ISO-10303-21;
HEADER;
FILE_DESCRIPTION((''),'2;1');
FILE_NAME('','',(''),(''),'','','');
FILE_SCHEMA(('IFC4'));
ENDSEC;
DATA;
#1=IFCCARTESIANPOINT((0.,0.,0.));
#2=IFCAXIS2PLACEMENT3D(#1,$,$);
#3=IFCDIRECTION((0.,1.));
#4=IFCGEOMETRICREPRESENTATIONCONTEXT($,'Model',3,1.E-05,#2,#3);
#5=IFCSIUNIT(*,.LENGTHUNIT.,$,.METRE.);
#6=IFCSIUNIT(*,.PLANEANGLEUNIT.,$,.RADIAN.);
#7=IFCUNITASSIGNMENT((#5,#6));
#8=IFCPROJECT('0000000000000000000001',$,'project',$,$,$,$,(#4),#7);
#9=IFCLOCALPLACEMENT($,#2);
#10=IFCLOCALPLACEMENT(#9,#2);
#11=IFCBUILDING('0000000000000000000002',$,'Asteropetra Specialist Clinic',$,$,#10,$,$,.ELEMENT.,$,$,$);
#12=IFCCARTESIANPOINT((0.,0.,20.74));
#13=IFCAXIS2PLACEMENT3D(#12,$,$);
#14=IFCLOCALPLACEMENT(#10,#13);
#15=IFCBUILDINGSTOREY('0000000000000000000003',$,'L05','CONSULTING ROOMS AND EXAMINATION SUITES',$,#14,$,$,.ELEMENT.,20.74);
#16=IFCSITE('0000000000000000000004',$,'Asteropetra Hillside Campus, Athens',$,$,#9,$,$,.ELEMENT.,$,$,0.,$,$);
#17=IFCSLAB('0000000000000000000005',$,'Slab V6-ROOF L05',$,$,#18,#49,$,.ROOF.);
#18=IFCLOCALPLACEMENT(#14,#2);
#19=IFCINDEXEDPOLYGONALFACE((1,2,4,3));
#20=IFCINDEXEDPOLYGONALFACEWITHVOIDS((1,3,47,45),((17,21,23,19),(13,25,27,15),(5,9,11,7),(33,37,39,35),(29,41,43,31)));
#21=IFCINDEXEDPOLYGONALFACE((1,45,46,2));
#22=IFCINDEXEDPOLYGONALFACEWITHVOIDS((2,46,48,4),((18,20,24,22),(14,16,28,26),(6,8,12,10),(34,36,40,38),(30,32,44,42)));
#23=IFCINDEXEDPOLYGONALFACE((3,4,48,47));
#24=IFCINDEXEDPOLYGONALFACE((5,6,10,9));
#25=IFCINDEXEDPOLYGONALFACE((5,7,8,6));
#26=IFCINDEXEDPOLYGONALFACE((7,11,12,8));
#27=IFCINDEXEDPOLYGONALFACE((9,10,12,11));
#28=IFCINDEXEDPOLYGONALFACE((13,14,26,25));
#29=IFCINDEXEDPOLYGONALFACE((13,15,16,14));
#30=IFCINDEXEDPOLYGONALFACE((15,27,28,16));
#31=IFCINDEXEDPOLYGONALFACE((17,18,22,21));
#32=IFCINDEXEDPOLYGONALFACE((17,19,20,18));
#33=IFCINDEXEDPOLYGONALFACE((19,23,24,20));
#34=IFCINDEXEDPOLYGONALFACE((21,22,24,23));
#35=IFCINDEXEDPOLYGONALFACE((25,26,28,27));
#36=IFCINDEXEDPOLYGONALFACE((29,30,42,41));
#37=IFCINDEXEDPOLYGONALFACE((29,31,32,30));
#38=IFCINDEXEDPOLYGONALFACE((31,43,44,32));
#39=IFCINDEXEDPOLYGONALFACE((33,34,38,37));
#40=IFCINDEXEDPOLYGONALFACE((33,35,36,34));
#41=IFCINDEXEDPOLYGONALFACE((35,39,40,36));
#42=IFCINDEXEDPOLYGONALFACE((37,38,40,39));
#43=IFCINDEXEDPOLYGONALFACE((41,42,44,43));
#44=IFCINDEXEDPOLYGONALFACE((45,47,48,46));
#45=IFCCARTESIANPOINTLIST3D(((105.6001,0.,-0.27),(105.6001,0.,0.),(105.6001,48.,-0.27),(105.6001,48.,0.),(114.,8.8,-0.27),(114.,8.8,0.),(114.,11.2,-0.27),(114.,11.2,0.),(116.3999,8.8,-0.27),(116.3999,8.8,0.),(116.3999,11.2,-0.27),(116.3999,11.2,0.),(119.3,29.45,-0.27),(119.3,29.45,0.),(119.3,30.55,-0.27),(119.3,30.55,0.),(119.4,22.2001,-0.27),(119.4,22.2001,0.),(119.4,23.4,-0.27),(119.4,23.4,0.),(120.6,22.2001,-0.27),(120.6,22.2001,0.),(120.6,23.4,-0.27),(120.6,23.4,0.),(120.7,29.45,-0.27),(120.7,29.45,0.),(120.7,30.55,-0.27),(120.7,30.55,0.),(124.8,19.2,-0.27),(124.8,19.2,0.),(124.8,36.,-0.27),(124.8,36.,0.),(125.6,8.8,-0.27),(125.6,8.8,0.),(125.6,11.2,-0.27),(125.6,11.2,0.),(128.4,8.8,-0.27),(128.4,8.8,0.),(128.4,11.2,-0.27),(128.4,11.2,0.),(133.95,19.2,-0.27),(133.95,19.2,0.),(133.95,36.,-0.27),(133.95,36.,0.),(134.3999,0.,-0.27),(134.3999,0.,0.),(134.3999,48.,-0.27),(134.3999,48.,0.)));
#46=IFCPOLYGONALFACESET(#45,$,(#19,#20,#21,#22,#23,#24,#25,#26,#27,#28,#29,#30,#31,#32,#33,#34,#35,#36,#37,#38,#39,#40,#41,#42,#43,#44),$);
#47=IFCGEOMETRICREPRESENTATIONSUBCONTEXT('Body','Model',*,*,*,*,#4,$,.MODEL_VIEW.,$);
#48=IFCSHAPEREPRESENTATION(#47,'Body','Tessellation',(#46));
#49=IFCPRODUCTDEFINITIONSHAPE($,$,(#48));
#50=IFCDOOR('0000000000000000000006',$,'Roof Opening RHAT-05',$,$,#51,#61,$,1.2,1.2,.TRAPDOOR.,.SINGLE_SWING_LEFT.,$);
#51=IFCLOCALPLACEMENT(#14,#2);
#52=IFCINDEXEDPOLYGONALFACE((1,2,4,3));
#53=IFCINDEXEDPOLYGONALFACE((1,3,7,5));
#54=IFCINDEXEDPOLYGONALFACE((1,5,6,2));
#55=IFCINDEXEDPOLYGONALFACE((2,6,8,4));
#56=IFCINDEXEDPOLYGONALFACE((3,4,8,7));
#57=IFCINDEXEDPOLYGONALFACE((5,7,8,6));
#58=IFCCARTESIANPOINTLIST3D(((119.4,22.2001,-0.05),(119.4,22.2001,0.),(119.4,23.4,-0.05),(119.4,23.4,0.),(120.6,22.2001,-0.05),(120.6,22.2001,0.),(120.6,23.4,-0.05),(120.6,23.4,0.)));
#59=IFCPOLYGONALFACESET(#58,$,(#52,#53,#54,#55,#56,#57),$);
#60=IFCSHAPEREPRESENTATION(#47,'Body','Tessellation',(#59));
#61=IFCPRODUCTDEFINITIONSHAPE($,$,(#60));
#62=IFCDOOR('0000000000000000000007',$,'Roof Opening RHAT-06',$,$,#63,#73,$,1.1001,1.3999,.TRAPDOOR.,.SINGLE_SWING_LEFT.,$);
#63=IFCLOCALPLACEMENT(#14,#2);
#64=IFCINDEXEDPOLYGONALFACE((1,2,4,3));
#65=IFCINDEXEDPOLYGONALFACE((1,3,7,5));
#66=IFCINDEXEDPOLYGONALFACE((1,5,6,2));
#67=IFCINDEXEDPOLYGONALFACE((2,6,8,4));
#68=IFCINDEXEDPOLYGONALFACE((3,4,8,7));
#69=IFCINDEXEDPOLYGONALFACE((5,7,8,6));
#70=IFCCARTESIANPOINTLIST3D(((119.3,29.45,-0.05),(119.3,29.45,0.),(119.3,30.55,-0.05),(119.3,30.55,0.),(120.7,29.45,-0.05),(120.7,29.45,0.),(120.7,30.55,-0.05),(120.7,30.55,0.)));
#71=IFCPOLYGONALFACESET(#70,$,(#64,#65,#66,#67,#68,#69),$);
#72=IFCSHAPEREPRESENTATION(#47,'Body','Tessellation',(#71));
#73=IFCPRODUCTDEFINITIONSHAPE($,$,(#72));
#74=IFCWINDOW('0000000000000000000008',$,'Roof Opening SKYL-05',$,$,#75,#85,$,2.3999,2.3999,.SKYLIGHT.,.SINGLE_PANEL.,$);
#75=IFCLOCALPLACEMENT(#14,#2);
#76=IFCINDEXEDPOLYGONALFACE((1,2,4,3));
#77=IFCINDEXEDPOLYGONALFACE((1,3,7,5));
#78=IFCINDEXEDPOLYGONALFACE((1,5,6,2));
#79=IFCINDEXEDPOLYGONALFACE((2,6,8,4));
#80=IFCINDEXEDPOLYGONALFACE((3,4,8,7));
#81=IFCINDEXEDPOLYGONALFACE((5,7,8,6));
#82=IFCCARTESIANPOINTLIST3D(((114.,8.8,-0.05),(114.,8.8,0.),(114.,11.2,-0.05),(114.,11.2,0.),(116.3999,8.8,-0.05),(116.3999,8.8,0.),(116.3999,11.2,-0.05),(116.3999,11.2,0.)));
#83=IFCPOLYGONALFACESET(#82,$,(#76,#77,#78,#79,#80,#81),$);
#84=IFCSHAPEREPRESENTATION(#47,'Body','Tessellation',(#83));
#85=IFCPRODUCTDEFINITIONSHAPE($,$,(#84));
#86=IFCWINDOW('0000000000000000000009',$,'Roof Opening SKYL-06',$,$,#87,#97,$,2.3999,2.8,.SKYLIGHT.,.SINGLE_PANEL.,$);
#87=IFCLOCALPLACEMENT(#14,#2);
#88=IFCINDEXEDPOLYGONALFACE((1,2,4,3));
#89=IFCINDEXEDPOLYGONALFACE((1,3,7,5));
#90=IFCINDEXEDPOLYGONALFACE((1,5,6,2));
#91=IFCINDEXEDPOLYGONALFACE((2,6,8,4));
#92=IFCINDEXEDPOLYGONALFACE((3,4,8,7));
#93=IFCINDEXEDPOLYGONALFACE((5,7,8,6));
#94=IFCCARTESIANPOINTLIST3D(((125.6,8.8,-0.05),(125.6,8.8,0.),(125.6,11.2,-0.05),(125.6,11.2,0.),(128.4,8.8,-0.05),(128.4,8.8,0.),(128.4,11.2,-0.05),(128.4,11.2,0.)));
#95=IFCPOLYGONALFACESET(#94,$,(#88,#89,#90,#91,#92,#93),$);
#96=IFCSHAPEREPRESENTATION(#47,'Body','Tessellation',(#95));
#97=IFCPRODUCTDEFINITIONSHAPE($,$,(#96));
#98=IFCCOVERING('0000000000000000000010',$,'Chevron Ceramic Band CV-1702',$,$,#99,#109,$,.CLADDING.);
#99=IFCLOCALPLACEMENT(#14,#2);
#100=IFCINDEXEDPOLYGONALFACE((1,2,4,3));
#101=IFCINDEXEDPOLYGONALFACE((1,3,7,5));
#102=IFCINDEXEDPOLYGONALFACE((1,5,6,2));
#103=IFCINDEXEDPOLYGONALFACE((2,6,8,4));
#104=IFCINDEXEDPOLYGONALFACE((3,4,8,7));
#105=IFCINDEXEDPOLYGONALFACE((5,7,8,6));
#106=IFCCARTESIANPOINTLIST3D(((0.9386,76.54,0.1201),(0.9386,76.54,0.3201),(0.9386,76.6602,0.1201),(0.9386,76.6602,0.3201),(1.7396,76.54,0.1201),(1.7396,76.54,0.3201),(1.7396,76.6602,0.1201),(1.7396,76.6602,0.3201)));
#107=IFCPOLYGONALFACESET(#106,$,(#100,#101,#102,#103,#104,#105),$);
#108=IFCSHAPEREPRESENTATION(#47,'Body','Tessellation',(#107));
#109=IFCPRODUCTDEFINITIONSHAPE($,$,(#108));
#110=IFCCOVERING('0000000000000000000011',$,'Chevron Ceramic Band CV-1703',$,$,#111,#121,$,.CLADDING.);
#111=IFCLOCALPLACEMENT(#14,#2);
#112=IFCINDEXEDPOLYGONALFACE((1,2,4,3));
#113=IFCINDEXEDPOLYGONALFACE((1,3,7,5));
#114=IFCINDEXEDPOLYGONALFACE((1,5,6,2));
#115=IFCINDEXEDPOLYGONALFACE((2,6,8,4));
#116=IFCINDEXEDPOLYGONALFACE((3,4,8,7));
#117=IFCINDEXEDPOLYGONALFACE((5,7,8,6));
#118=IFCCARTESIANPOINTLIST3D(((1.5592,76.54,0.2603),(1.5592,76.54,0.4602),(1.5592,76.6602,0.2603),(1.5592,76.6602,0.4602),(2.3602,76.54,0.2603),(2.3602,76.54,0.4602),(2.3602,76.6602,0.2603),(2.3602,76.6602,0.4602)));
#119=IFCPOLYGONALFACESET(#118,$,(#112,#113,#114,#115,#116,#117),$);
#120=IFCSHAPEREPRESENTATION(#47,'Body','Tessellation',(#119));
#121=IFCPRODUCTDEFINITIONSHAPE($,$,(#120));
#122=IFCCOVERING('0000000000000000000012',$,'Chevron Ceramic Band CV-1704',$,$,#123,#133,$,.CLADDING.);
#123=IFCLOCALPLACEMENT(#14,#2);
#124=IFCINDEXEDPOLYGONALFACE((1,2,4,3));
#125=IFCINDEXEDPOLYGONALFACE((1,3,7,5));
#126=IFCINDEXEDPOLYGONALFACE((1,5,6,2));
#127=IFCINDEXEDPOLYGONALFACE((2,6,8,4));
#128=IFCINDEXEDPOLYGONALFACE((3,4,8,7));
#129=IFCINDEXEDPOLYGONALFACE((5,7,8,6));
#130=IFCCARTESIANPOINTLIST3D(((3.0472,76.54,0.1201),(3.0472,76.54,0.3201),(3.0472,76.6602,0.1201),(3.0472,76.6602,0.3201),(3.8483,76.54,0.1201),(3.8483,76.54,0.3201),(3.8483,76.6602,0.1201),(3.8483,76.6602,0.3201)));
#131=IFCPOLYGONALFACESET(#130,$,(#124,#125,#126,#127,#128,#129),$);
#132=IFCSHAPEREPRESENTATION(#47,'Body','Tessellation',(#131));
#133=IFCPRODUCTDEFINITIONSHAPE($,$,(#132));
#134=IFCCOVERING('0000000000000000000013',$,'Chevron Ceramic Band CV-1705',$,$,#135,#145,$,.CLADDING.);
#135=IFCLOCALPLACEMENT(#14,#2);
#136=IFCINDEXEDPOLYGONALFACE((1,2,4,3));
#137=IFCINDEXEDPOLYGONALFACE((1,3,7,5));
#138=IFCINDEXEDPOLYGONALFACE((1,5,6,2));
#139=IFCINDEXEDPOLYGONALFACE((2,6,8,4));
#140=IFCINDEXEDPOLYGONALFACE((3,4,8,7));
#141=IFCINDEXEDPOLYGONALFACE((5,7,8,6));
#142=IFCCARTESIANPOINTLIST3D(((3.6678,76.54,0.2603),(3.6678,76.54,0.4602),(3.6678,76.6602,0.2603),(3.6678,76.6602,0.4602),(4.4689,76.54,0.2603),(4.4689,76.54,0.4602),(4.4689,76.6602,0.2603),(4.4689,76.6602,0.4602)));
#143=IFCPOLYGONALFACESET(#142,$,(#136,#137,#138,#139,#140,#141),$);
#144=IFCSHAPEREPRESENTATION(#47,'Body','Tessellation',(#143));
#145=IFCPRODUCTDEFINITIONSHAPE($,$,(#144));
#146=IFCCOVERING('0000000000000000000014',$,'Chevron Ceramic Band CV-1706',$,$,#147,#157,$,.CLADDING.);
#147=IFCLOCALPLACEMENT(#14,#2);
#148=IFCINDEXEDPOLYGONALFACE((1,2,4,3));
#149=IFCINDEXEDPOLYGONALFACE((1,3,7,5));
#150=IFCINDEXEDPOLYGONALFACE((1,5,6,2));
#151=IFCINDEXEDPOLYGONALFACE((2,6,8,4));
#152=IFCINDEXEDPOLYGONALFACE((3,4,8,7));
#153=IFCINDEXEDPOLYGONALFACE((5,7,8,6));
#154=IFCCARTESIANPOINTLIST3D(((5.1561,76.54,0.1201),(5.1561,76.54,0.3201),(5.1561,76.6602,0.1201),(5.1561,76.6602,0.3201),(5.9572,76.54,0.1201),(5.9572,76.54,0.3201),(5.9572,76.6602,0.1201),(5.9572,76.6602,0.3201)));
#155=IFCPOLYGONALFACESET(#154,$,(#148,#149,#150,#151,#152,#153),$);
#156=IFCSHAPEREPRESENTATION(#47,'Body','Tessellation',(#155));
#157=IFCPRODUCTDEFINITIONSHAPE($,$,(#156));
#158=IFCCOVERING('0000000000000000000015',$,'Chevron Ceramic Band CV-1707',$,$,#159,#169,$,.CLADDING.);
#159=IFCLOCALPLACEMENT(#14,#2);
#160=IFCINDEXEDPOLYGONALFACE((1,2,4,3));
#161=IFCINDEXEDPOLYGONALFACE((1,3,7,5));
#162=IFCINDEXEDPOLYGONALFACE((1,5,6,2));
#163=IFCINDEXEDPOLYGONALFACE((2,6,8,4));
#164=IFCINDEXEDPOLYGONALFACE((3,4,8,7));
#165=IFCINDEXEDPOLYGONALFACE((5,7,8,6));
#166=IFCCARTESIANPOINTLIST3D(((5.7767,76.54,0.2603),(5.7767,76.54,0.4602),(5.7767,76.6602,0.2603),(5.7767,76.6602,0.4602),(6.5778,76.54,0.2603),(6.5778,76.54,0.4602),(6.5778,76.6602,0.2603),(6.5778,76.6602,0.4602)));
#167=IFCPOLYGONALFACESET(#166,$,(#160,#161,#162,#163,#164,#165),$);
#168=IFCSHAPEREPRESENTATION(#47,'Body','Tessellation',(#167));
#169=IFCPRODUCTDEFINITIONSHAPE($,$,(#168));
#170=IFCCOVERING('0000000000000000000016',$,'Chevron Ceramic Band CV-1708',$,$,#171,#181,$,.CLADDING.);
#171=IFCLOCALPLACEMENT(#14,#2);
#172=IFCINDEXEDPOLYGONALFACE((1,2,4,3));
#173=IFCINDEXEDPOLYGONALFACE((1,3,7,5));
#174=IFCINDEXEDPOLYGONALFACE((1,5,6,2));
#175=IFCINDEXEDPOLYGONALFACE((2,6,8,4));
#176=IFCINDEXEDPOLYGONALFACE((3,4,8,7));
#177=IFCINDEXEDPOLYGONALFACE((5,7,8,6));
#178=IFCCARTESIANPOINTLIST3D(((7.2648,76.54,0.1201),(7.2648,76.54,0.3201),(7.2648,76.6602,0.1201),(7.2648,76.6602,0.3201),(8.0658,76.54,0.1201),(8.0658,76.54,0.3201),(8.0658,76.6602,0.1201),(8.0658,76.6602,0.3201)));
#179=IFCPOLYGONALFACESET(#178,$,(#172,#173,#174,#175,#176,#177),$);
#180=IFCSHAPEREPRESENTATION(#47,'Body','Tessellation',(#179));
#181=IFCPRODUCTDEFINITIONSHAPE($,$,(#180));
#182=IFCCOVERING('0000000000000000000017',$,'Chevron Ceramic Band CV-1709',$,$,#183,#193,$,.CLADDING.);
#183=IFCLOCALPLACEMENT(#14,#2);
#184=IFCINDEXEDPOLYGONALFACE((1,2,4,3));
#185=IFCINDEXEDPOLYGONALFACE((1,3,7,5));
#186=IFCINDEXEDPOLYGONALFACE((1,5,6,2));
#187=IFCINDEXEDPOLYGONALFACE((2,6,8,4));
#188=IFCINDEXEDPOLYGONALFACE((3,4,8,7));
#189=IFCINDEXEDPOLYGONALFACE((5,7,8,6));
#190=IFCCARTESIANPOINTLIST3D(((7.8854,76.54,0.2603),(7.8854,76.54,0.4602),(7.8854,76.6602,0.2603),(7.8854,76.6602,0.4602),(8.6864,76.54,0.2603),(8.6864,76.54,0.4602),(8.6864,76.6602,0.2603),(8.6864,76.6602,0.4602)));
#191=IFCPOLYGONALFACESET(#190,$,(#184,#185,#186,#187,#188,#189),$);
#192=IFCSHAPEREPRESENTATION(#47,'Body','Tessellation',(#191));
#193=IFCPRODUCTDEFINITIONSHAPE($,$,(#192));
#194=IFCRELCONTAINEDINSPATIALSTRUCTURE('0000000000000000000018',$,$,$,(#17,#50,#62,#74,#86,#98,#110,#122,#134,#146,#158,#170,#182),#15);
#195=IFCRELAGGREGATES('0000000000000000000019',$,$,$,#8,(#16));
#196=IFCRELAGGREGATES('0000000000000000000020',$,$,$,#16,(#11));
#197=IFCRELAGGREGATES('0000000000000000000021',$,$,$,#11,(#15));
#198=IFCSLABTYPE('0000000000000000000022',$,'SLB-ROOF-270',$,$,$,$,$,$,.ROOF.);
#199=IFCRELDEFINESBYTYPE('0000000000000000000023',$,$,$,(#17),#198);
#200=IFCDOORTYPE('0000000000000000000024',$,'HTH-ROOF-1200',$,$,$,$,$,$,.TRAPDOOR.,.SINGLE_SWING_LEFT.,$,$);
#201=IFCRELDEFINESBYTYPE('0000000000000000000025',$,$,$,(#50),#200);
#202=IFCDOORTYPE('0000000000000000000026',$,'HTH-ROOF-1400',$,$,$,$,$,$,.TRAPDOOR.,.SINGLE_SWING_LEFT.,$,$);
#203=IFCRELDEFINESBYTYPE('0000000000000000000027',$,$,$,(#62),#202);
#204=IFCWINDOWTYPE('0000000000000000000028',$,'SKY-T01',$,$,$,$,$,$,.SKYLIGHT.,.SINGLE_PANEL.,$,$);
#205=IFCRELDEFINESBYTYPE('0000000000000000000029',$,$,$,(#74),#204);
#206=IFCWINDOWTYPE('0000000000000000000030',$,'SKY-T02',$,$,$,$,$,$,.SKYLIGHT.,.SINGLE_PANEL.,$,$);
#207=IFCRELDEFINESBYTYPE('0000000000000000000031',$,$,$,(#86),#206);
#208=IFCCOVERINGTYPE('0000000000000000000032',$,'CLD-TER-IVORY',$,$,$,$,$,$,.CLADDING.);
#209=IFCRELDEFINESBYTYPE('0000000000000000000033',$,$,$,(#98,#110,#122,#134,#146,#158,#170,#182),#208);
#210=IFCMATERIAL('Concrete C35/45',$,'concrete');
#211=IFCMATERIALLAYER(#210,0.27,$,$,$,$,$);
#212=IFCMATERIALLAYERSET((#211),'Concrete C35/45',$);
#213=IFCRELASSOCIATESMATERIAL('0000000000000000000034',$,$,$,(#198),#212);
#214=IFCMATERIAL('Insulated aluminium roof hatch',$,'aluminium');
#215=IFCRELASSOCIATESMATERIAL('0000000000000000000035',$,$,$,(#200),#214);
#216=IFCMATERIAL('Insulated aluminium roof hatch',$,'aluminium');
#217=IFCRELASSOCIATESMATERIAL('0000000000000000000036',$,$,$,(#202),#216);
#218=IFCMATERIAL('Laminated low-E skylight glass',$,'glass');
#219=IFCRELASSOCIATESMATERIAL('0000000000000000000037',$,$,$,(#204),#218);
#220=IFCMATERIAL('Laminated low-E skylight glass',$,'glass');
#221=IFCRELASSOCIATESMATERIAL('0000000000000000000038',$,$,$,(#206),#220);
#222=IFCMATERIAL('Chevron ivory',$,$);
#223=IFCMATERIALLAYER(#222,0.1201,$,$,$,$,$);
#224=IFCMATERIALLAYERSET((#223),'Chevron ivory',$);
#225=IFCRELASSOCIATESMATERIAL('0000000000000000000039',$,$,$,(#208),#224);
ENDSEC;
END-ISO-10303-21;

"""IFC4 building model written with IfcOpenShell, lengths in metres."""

from ifc_helpers import new_model, si_unit, direction, frame, origin, origin_2d, place, context, subcontext, project, spatial, polyline, rectangle, outline, extrude, material, layer, layer_set, type_object, element, fill, save


model = new_model("IFC4")

# Units and contexts
model_context = context("Model", 3, precision=1e-05, world=origin(), true_north=direction((0.0, 1.0)))
body_context = subcontext(model_context, "Body", "Model", "MODEL_VIEW")
ifc_project = project(units=[si_unit("LENGTHUNIT", "METRE"), si_unit("PLANEANGLEUNIT", "RADIAN")], contexts=[model_context])

# Site, building, storey
site_placement = place(None, origin())
site = spatial("IfcSite", under=ifc_project, at=site_placement, Name="Asteropetra Hillside Campus, Athens", CompositionType="ELEMENT", RefElevation=0.0)
building_placement = place(site_placement, origin())
building = spatial("IfcBuilding", under=site, at=building_placement, Name="Asteropetra Specialist Clinic", CompositionType="ELEMENT")
storey_placement = place(building_placement, frame((0.0, 0.0, 20.74)))
storey = spatial("IfcBuildingStorey", under=building, at=storey_placement, Name="L05", Description="CONSULTING ROOMS AND EXAMINATION SUITES", CompositionType="ELEMENT", Elevation=20.74)

# Slab, openings, doors, windows
ifc_material_1 = material(Name="Concrete C35/45", Category="concrete")
ifc_layer_1 = layer(ifc_material_1, 0.27)
ifc_layer_set_1 = layer_set([ifc_layer_1], Name="Concrete C35/45")
slab_type_1 = type_object("IfcSlabType", Name="SLB-ROOF-270", PredefinedType="ROOF", material=ifc_layer_set_1)
slab_1_placement = place(storey_placement, frame((0.0, 0.0, -0.27)))
slab_1 = element("IfcSlab", 1, at=slab_1_placement, inside=storey, type_object=slab_type_1, Name="Slab V6-ROOF L05", PredefinedType="ROOF", context=body_context, shape_type="SweptSolid", body=[
    extrude(outline(polyline([(105.6001, 0.0), (134.3999, 0.0), (134.3999, 48.0), (105.6001, 48.0), (105.6001, 0.0)]), holes=[polyline([(124.8, 19.2), (133.95, 19.2), (133.95, 36.0), (124.8, 36.0), (124.8, 19.2)])]), origin(), (0.0, 0.0, 1.0), 0.27),
])
opening_1_placement = place(slab_1_placement, frame((115.2, 10.0, 0.0)))
opening_1 = element("IfcOpeningElement", 2, at=opening_1_placement, cuts=slab_1, PredefinedType="OPENING", context=body_context, shape_type="SweptSolid", body=[
    extrude(rectangle(XDim=2.3999, YDim=2.3999, at=origin_2d()), origin(), (0.0, 0.0, 1.0), 0.27),
])
opening_2_placement = place(slab_1_placement, frame((127.0, 10.0, 0.0)))
opening_2 = element("IfcOpeningElement", 3, at=opening_2_placement, cuts=slab_1, PredefinedType="OPENING", context=body_context, shape_type="SweptSolid", body=[
    extrude(rectangle(XDim=2.8, YDim=2.3999, at=origin_2d()), origin(), (0.0, 0.0, 1.0), 0.27),
])
opening_3_placement = place(slab_1_placement, frame((120.0, 22.8, 0.0)))
opening_3 = element("IfcOpeningElement", 4, at=opening_3_placement, cuts=slab_1, PredefinedType="OPENING", context=body_context, shape_type="SweptSolid", body=[
    extrude(rectangle(XDim=1.2, YDim=1.2, at=origin_2d()), origin(), (0.0, 0.0, 1.0), 0.27),
])
opening_4_placement = place(slab_1_placement, frame((120.0, 30.0, 0.0)))
opening_4 = element("IfcOpeningElement", 5, at=opening_4_placement, cuts=slab_1, PredefinedType="OPENING", context=body_context, shape_type="SweptSolid", body=[
    extrude(rectangle(XDim=1.3999, YDim=1.1001, at=origin_2d()), origin(), (0.0, 0.0, 1.0), 0.27),
])
ifc_material_2 = material(Name="Insulated aluminium roof hatch", Category="aluminium")
door_type_1 = type_object("IfcDoorType", Name="HTH-ROOF-1200", OperationType="SINGLE_SWING_LEFT", PredefinedType="TRAPDOOR", material=ifc_material_2)
door_1_placement = place(opening_3_placement, frame((0.0, 0.0, 0.22)))
door_1 = element("IfcDoor", 6, at=door_1_placement, inside=storey, type_object=door_type_1, Name="Roof Opening RHAT-05", OperationType="SINGLE_SWING_LEFT", OverallHeight=1.2, OverallWidth=1.2, PredefinedType="TRAPDOOR", context=body_context, shape_type="SweptSolid", body=[
    extrude(rectangle(XDim=1.2, YDim=1.2, at=origin_2d()), origin(), (0.0, 0.0, 1.0), 0.05),
])
fill(opening_3, door_1)
ifc_material_3 = material(Name="Insulated aluminium roof hatch", Category="aluminium")
door_type_2 = type_object("IfcDoorType", Name="HTH-ROOF-1400", OperationType="SINGLE_SWING_LEFT", PredefinedType="TRAPDOOR", material=ifc_material_3)
door_2_placement = place(opening_4_placement, frame((0.0, 0.0, 0.22)))
door_2 = element("IfcDoor", 7, at=door_2_placement, inside=storey, type_object=door_type_2, Name="Roof Opening RHAT-06", OperationType="SINGLE_SWING_LEFT", OverallHeight=1.1001, OverallWidth=1.3999, PredefinedType="TRAPDOOR", context=body_context, shape_type="SweptSolid", body=[
    extrude(rectangle(XDim=1.3999, YDim=1.1001, at=origin_2d()), origin(), (0.0, 0.0, 1.0), 0.05),
])
fill(opening_4, door_2)
ifc_material_4 = material(Name="Laminated low-E skylight glass", Category="glass")
window_type_1 = type_object("IfcWindowType", Name="SKY-T01", PartitioningType="SINGLE_PANEL", PredefinedType="SKYLIGHT", material=ifc_material_4)
window_1_placement = place(opening_1_placement, frame((0.0, 0.0, 0.22)))
window_1 = element("IfcWindow", 8, at=window_1_placement, inside=storey, type_object=window_type_1, Name="Roof Opening SKYL-05", OverallHeight=2.3999, OverallWidth=2.3999, PartitioningType="SINGLE_PANEL", PredefinedType="SKYLIGHT", context=body_context, shape_type="SweptSolid", body=[
    extrude(rectangle(XDim=2.3999, YDim=2.3999, at=origin_2d()), origin(), (0.0, 0.0, 1.0), 0.05),
])
fill(opening_1, window_1)
ifc_material_5 = material(Name="Laminated low-E skylight glass", Category="glass")
window_type_2 = type_object("IfcWindowType", Name="SKY-T02", PartitioningType="SINGLE_PANEL", PredefinedType="SKYLIGHT", material=ifc_material_5)
window_2_placement = place(opening_2_placement, frame((0.0, 0.0, 0.22)))
window_2 = element("IfcWindow", 9, at=window_2_placement, inside=storey, type_object=window_type_2, Name="Roof Opening SKYL-06", OverallHeight=2.3999, OverallWidth=2.8, PartitioningType="SINGLE_PANEL", PredefinedType="SKYLIGHT", context=body_context, shape_type="SweptSolid", body=[
    extrude(rectangle(XDim=2.8, YDim=2.3999, at=origin_2d()), origin(), (0.0, 0.0, 1.0), 0.05),
])
fill(opening_2, window_2)

# Coverings
ifc_material_6 = material(Name="Chevron ivory")
ifc_layer_2 = layer(ifc_material_6, 0.1201)
ifc_layer_set_2 = layer_set([ifc_layer_2], Name="Chevron ivory")
covering_type_1 = type_object("IfcCoveringType", Name="CLD-TER-IVORY", PredefinedType="CLADDING", material=ifc_layer_set_2)
for number, where, z_axis, x_axis, name in (
    (10, (1.3391, 76.6001, 0.1201), (0.0, 0.0, 1.0), (1.0, 0.0, 0.0), "Chevron Ceramic Band CV-1702"),
    (11, (1.9597, 76.6001, 0.2603), (0.0, 0.0, 1.0), (1.0, 0.0, 0.0), "Chevron Ceramic Band CV-1703"),
    (12, (3.4478, 76.6001, 0.1201), (0.0, 0.0, 1.0), (1.0, 0.0, 0.0), "Chevron Ceramic Band CV-1704"),
    (13, (4.0684, 76.6001, 0.2603), (0.0, 0.0, 1.0), (1.0, 0.0, 0.0), "Chevron Ceramic Band CV-1705"),
    (14, (5.5566, 76.6001, 0.1201), (0.0, 0.0, 1.0), (1.0, 0.0, 0.0), "Chevron Ceramic Band CV-1706"),
    (15, (6.1772, 76.6001, 0.2603), (0.0, 0.0, 1.0), (1.0, 0.0, 0.0), "Chevron Ceramic Band CV-1707"),
    (16, (7.6653, 76.6001, 0.1201), (0.0, 0.0, 1.0), (1.0, 0.0, 0.0), "Chevron Ceramic Band CV-1708"),
    (17, (8.2859, 76.6001, 0.2603), (0.0, 0.0, 1.0), (1.0, 0.0, 0.0), "Chevron Ceramic Band CV-1709"),
):
    element("IfcCovering", number, at=place(storey_placement, frame(where, z_axis=z_axis, x_axis=x_axis)), inside=storey, type_object=covering_type_1, Name=name, PredefinedType="CLADDING", context=body_context, shape_type="SweptSolid", body=[
        extrude(rectangle(XDim=0.801, YDim=0.1201, at=origin_2d()), origin(), (0.0, 0.0, 1.0), 0.2),
    ])

save(model, "model.ifc")
